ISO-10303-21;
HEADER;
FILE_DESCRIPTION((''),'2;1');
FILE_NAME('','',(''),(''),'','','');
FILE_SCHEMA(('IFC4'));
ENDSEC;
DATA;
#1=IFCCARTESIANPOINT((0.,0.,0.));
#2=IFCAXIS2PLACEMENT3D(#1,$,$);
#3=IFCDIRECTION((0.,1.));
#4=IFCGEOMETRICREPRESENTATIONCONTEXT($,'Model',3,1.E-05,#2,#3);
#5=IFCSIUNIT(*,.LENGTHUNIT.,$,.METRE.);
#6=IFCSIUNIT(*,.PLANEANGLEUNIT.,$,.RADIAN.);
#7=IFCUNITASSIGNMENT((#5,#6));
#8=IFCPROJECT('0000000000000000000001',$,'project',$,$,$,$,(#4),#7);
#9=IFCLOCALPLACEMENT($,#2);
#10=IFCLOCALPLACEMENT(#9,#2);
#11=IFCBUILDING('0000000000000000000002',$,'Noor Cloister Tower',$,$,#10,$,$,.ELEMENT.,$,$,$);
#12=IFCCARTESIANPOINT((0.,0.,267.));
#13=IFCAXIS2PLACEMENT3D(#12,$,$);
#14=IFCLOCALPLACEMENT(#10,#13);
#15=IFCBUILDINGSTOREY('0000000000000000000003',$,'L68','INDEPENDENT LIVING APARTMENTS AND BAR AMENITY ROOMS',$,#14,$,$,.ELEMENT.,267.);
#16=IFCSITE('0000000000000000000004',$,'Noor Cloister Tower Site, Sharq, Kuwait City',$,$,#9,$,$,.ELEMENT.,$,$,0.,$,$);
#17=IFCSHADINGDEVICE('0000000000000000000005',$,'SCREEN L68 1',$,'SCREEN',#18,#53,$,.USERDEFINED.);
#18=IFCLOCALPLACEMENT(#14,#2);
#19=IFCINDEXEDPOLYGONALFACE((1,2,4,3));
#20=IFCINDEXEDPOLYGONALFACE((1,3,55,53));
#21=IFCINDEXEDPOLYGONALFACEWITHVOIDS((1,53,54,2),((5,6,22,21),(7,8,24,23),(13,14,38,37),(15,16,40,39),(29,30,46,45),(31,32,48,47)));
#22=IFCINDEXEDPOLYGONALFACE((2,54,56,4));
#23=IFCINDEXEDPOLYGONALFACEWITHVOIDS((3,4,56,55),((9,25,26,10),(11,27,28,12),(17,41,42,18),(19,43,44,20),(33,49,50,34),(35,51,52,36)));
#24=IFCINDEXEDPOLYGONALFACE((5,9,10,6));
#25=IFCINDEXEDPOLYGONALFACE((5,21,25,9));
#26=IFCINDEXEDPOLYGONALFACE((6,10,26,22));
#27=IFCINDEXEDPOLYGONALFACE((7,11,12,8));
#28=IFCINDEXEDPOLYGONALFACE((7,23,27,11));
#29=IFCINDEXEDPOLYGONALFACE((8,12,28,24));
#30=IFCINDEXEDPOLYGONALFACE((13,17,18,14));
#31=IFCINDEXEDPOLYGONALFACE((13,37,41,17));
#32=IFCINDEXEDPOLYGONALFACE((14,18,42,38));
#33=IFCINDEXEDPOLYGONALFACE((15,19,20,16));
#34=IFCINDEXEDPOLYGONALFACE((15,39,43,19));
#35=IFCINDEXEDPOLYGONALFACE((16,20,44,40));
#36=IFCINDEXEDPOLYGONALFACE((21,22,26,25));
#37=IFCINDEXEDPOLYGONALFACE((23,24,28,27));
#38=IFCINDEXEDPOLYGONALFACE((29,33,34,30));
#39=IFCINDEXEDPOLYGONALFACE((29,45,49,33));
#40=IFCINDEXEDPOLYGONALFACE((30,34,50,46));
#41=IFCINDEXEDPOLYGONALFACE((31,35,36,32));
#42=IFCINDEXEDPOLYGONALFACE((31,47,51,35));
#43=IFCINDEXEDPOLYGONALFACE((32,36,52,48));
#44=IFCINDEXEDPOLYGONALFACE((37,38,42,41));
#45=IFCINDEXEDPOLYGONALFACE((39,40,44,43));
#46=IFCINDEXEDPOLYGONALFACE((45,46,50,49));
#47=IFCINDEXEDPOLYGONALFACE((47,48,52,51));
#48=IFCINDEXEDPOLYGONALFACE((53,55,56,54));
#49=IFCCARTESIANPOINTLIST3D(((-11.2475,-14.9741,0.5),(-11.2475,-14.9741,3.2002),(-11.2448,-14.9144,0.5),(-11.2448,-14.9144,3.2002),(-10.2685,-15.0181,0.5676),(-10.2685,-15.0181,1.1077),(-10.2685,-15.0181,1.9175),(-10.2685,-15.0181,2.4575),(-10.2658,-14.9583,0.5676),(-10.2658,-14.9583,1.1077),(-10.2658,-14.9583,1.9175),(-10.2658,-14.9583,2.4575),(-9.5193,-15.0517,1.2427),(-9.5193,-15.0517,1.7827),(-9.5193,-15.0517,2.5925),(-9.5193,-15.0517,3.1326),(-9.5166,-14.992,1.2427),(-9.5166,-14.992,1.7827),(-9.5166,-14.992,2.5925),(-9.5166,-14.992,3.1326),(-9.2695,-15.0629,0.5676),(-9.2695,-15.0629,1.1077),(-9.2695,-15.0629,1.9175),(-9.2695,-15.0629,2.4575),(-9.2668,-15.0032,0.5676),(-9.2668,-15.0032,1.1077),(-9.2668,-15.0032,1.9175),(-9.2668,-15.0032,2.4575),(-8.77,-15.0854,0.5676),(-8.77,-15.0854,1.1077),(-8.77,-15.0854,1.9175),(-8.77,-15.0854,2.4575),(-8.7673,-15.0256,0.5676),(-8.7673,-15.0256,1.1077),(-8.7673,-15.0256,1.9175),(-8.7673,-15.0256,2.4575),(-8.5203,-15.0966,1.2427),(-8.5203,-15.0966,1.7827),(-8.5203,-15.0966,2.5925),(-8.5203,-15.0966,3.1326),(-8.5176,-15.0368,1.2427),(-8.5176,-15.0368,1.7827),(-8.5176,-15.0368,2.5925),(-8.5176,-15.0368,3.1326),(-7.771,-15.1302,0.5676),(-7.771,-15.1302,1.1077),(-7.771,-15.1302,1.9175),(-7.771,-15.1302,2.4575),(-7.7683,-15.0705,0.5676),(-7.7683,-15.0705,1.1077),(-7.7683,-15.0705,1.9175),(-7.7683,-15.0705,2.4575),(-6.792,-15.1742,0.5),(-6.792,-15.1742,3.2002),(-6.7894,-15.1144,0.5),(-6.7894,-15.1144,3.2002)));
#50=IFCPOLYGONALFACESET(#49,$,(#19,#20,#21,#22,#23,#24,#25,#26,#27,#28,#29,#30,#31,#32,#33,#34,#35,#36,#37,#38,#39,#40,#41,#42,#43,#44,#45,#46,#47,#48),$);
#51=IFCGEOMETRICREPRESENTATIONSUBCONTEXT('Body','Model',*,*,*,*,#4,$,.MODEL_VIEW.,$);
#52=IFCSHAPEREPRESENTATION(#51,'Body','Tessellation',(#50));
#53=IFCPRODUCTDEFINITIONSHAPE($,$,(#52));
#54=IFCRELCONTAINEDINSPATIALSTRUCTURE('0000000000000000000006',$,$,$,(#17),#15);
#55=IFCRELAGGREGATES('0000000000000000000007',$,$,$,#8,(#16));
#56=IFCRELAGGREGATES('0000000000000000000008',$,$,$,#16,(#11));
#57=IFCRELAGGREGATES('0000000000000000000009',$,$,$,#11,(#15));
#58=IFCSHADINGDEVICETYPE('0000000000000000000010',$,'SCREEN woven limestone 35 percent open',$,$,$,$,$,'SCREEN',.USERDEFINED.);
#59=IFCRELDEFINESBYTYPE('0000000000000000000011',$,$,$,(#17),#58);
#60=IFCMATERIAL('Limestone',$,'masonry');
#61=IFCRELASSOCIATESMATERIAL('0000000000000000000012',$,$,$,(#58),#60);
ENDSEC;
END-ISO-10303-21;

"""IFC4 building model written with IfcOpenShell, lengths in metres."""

from ifc_helpers import new_model, si_unit, direction, frame, origin, place, context, subcontext, project, spatial, polyline, outline, extrude, material, material_profile, profile_set, type_object, element, save


model = new_model("IFC4")

# Units and contexts
model_context = context("Model", 3, precision=1e-05, world=origin(), true_north=direction((0.0, 1.0)))
body_context = subcontext(model_context, "Body", "Model", "MODEL_VIEW")
ifc_project = project(units=[si_unit("LENGTHUNIT", "METRE"), si_unit("PLANEANGLEUNIT", "RADIAN")], contexts=[model_context])

# Site, building, storey
site_placement = place(None, origin())
site = spatial("IfcSite", under=ifc_project, at=site_placement, Name="Noor Cloister Tower Site, Sharq, Kuwait City", CompositionType="ELEMENT", RefElevation=0.0)
building_placement = place(site_placement, origin())
building = spatial("IfcBuilding", under=site, at=building_placement, Name="Noor Cloister Tower", CompositionType="ELEMENT")
storey_placement = place(building_placement, frame((0.0, 0.0, 267.0)))
storey = spatial("IfcBuildingStorey", under=building, at=storey_placement, Name="L68", Description="INDEPENDENT LIVING APARTMENTS AND BAR AMENITY ROOMS", CompositionType="ELEMENT", Elevation=267.0)

# Shading device
ifc_material_1 = material(Name="Limestone", Category="masonry")
ifc_material_profile_1 = material_profile(ifc_material_1, outline(polyline([(-2.23, -1.3501), (2.23, -1.3501), (2.23, 1.3501), (-2.23, 1.3501), (-2.23, -1.3501)]), holes=[polyline([(-1.25, -1.2825), (-0.25, -1.2825), (-0.25, -0.7424), (-1.25, -0.7424), (-1.25, -1.2825)]), polyline([(0.25, -1.2825), (1.25, -1.2825), (1.25, -0.7424), (0.25, -0.7424), (0.25, -1.2825)]), polyline([(-0.5, -0.6074), (0.5, -0.6074), (0.5, -0.0674), (-0.5, -0.0674), (-0.5, -0.6074)]), polyline([(-1.25, 0.0674), (-0.25, 0.0674), (-0.25, 0.6074), (-1.25, 0.6074), (-1.25, 0.0674)]), polyline([(0.25, 0.0674), (1.25, 0.0674), (1.25, 0.6074), (0.25, 0.6074), (0.25, 0.0674)]), polyline([(-0.5, 0.7424), (0.5, 0.7424), (0.5, 1.2825), (-0.5, 1.2825), (-0.5, 0.7424)])]), Name="Woven screen 35 percent open")
ifc_profile_set_1 = profile_set([ifc_material_profile_1], Name="Limestone")
shading_device_type = type_object("IfcShadingDeviceType", Name="SCREEN woven limestone 35 percent open", ElementType="SCREEN", PredefinedType="USERDEFINED", material=ifc_profile_set_1)
shading_device_placement = place(storey_placement, frame((-9.0171, -15.0144, 1.8501), z_axis=(-0.044853, -0.998994, 0.0), x_axis=(0.998994, -0.044853, 0.0)))
element("IfcShadingDevice", 1, at=shading_device_placement, inside=storey, type_object=shading_device_type, Name="SCREEN L68 1", ObjectType="SCREEN", PredefinedType="USERDEFINED", context=body_context, shape_type="SweptSolid", body=[
    extrude(outline(polyline([(-2.23, -1.3501), (2.23, -1.3501), (2.23, 1.3501), (-2.23, 1.3501), (-2.23, -1.3501)]), holes=[polyline([(-1.25, -1.2825), (-0.25, -1.2825), (-0.25, -0.7424), (-1.25, -0.7424), (-1.25, -1.2825)]), polyline([(0.25, -1.2825), (1.25, -1.2825), (1.25, -0.7424), (0.25, -0.7424), (0.25, -1.2825)]), polyline([(-0.5, -0.6074), (0.5, -0.6074), (0.5, -0.0674), (-0.5, -0.0674), (-0.5, -0.6074)]), polyline([(-1.25, 0.0674), (-0.25, 0.0674), (-0.25, 0.6074), (-1.25, 0.6074), (-1.25, 0.0674)]), polyline([(0.25, 0.0674), (1.25, 0.0674), (1.25, 0.6074), (0.25, 0.6074), (0.25, 0.0674)]), polyline([(-0.5, 0.7424), (0.5, 0.7424), (0.5, 1.2825), (-0.5, 1.2825), (-0.5, 0.7424)])]), origin(), (0.0, 0.0, 1.0), 0.0598),
])

save(model, "model.ifc")
